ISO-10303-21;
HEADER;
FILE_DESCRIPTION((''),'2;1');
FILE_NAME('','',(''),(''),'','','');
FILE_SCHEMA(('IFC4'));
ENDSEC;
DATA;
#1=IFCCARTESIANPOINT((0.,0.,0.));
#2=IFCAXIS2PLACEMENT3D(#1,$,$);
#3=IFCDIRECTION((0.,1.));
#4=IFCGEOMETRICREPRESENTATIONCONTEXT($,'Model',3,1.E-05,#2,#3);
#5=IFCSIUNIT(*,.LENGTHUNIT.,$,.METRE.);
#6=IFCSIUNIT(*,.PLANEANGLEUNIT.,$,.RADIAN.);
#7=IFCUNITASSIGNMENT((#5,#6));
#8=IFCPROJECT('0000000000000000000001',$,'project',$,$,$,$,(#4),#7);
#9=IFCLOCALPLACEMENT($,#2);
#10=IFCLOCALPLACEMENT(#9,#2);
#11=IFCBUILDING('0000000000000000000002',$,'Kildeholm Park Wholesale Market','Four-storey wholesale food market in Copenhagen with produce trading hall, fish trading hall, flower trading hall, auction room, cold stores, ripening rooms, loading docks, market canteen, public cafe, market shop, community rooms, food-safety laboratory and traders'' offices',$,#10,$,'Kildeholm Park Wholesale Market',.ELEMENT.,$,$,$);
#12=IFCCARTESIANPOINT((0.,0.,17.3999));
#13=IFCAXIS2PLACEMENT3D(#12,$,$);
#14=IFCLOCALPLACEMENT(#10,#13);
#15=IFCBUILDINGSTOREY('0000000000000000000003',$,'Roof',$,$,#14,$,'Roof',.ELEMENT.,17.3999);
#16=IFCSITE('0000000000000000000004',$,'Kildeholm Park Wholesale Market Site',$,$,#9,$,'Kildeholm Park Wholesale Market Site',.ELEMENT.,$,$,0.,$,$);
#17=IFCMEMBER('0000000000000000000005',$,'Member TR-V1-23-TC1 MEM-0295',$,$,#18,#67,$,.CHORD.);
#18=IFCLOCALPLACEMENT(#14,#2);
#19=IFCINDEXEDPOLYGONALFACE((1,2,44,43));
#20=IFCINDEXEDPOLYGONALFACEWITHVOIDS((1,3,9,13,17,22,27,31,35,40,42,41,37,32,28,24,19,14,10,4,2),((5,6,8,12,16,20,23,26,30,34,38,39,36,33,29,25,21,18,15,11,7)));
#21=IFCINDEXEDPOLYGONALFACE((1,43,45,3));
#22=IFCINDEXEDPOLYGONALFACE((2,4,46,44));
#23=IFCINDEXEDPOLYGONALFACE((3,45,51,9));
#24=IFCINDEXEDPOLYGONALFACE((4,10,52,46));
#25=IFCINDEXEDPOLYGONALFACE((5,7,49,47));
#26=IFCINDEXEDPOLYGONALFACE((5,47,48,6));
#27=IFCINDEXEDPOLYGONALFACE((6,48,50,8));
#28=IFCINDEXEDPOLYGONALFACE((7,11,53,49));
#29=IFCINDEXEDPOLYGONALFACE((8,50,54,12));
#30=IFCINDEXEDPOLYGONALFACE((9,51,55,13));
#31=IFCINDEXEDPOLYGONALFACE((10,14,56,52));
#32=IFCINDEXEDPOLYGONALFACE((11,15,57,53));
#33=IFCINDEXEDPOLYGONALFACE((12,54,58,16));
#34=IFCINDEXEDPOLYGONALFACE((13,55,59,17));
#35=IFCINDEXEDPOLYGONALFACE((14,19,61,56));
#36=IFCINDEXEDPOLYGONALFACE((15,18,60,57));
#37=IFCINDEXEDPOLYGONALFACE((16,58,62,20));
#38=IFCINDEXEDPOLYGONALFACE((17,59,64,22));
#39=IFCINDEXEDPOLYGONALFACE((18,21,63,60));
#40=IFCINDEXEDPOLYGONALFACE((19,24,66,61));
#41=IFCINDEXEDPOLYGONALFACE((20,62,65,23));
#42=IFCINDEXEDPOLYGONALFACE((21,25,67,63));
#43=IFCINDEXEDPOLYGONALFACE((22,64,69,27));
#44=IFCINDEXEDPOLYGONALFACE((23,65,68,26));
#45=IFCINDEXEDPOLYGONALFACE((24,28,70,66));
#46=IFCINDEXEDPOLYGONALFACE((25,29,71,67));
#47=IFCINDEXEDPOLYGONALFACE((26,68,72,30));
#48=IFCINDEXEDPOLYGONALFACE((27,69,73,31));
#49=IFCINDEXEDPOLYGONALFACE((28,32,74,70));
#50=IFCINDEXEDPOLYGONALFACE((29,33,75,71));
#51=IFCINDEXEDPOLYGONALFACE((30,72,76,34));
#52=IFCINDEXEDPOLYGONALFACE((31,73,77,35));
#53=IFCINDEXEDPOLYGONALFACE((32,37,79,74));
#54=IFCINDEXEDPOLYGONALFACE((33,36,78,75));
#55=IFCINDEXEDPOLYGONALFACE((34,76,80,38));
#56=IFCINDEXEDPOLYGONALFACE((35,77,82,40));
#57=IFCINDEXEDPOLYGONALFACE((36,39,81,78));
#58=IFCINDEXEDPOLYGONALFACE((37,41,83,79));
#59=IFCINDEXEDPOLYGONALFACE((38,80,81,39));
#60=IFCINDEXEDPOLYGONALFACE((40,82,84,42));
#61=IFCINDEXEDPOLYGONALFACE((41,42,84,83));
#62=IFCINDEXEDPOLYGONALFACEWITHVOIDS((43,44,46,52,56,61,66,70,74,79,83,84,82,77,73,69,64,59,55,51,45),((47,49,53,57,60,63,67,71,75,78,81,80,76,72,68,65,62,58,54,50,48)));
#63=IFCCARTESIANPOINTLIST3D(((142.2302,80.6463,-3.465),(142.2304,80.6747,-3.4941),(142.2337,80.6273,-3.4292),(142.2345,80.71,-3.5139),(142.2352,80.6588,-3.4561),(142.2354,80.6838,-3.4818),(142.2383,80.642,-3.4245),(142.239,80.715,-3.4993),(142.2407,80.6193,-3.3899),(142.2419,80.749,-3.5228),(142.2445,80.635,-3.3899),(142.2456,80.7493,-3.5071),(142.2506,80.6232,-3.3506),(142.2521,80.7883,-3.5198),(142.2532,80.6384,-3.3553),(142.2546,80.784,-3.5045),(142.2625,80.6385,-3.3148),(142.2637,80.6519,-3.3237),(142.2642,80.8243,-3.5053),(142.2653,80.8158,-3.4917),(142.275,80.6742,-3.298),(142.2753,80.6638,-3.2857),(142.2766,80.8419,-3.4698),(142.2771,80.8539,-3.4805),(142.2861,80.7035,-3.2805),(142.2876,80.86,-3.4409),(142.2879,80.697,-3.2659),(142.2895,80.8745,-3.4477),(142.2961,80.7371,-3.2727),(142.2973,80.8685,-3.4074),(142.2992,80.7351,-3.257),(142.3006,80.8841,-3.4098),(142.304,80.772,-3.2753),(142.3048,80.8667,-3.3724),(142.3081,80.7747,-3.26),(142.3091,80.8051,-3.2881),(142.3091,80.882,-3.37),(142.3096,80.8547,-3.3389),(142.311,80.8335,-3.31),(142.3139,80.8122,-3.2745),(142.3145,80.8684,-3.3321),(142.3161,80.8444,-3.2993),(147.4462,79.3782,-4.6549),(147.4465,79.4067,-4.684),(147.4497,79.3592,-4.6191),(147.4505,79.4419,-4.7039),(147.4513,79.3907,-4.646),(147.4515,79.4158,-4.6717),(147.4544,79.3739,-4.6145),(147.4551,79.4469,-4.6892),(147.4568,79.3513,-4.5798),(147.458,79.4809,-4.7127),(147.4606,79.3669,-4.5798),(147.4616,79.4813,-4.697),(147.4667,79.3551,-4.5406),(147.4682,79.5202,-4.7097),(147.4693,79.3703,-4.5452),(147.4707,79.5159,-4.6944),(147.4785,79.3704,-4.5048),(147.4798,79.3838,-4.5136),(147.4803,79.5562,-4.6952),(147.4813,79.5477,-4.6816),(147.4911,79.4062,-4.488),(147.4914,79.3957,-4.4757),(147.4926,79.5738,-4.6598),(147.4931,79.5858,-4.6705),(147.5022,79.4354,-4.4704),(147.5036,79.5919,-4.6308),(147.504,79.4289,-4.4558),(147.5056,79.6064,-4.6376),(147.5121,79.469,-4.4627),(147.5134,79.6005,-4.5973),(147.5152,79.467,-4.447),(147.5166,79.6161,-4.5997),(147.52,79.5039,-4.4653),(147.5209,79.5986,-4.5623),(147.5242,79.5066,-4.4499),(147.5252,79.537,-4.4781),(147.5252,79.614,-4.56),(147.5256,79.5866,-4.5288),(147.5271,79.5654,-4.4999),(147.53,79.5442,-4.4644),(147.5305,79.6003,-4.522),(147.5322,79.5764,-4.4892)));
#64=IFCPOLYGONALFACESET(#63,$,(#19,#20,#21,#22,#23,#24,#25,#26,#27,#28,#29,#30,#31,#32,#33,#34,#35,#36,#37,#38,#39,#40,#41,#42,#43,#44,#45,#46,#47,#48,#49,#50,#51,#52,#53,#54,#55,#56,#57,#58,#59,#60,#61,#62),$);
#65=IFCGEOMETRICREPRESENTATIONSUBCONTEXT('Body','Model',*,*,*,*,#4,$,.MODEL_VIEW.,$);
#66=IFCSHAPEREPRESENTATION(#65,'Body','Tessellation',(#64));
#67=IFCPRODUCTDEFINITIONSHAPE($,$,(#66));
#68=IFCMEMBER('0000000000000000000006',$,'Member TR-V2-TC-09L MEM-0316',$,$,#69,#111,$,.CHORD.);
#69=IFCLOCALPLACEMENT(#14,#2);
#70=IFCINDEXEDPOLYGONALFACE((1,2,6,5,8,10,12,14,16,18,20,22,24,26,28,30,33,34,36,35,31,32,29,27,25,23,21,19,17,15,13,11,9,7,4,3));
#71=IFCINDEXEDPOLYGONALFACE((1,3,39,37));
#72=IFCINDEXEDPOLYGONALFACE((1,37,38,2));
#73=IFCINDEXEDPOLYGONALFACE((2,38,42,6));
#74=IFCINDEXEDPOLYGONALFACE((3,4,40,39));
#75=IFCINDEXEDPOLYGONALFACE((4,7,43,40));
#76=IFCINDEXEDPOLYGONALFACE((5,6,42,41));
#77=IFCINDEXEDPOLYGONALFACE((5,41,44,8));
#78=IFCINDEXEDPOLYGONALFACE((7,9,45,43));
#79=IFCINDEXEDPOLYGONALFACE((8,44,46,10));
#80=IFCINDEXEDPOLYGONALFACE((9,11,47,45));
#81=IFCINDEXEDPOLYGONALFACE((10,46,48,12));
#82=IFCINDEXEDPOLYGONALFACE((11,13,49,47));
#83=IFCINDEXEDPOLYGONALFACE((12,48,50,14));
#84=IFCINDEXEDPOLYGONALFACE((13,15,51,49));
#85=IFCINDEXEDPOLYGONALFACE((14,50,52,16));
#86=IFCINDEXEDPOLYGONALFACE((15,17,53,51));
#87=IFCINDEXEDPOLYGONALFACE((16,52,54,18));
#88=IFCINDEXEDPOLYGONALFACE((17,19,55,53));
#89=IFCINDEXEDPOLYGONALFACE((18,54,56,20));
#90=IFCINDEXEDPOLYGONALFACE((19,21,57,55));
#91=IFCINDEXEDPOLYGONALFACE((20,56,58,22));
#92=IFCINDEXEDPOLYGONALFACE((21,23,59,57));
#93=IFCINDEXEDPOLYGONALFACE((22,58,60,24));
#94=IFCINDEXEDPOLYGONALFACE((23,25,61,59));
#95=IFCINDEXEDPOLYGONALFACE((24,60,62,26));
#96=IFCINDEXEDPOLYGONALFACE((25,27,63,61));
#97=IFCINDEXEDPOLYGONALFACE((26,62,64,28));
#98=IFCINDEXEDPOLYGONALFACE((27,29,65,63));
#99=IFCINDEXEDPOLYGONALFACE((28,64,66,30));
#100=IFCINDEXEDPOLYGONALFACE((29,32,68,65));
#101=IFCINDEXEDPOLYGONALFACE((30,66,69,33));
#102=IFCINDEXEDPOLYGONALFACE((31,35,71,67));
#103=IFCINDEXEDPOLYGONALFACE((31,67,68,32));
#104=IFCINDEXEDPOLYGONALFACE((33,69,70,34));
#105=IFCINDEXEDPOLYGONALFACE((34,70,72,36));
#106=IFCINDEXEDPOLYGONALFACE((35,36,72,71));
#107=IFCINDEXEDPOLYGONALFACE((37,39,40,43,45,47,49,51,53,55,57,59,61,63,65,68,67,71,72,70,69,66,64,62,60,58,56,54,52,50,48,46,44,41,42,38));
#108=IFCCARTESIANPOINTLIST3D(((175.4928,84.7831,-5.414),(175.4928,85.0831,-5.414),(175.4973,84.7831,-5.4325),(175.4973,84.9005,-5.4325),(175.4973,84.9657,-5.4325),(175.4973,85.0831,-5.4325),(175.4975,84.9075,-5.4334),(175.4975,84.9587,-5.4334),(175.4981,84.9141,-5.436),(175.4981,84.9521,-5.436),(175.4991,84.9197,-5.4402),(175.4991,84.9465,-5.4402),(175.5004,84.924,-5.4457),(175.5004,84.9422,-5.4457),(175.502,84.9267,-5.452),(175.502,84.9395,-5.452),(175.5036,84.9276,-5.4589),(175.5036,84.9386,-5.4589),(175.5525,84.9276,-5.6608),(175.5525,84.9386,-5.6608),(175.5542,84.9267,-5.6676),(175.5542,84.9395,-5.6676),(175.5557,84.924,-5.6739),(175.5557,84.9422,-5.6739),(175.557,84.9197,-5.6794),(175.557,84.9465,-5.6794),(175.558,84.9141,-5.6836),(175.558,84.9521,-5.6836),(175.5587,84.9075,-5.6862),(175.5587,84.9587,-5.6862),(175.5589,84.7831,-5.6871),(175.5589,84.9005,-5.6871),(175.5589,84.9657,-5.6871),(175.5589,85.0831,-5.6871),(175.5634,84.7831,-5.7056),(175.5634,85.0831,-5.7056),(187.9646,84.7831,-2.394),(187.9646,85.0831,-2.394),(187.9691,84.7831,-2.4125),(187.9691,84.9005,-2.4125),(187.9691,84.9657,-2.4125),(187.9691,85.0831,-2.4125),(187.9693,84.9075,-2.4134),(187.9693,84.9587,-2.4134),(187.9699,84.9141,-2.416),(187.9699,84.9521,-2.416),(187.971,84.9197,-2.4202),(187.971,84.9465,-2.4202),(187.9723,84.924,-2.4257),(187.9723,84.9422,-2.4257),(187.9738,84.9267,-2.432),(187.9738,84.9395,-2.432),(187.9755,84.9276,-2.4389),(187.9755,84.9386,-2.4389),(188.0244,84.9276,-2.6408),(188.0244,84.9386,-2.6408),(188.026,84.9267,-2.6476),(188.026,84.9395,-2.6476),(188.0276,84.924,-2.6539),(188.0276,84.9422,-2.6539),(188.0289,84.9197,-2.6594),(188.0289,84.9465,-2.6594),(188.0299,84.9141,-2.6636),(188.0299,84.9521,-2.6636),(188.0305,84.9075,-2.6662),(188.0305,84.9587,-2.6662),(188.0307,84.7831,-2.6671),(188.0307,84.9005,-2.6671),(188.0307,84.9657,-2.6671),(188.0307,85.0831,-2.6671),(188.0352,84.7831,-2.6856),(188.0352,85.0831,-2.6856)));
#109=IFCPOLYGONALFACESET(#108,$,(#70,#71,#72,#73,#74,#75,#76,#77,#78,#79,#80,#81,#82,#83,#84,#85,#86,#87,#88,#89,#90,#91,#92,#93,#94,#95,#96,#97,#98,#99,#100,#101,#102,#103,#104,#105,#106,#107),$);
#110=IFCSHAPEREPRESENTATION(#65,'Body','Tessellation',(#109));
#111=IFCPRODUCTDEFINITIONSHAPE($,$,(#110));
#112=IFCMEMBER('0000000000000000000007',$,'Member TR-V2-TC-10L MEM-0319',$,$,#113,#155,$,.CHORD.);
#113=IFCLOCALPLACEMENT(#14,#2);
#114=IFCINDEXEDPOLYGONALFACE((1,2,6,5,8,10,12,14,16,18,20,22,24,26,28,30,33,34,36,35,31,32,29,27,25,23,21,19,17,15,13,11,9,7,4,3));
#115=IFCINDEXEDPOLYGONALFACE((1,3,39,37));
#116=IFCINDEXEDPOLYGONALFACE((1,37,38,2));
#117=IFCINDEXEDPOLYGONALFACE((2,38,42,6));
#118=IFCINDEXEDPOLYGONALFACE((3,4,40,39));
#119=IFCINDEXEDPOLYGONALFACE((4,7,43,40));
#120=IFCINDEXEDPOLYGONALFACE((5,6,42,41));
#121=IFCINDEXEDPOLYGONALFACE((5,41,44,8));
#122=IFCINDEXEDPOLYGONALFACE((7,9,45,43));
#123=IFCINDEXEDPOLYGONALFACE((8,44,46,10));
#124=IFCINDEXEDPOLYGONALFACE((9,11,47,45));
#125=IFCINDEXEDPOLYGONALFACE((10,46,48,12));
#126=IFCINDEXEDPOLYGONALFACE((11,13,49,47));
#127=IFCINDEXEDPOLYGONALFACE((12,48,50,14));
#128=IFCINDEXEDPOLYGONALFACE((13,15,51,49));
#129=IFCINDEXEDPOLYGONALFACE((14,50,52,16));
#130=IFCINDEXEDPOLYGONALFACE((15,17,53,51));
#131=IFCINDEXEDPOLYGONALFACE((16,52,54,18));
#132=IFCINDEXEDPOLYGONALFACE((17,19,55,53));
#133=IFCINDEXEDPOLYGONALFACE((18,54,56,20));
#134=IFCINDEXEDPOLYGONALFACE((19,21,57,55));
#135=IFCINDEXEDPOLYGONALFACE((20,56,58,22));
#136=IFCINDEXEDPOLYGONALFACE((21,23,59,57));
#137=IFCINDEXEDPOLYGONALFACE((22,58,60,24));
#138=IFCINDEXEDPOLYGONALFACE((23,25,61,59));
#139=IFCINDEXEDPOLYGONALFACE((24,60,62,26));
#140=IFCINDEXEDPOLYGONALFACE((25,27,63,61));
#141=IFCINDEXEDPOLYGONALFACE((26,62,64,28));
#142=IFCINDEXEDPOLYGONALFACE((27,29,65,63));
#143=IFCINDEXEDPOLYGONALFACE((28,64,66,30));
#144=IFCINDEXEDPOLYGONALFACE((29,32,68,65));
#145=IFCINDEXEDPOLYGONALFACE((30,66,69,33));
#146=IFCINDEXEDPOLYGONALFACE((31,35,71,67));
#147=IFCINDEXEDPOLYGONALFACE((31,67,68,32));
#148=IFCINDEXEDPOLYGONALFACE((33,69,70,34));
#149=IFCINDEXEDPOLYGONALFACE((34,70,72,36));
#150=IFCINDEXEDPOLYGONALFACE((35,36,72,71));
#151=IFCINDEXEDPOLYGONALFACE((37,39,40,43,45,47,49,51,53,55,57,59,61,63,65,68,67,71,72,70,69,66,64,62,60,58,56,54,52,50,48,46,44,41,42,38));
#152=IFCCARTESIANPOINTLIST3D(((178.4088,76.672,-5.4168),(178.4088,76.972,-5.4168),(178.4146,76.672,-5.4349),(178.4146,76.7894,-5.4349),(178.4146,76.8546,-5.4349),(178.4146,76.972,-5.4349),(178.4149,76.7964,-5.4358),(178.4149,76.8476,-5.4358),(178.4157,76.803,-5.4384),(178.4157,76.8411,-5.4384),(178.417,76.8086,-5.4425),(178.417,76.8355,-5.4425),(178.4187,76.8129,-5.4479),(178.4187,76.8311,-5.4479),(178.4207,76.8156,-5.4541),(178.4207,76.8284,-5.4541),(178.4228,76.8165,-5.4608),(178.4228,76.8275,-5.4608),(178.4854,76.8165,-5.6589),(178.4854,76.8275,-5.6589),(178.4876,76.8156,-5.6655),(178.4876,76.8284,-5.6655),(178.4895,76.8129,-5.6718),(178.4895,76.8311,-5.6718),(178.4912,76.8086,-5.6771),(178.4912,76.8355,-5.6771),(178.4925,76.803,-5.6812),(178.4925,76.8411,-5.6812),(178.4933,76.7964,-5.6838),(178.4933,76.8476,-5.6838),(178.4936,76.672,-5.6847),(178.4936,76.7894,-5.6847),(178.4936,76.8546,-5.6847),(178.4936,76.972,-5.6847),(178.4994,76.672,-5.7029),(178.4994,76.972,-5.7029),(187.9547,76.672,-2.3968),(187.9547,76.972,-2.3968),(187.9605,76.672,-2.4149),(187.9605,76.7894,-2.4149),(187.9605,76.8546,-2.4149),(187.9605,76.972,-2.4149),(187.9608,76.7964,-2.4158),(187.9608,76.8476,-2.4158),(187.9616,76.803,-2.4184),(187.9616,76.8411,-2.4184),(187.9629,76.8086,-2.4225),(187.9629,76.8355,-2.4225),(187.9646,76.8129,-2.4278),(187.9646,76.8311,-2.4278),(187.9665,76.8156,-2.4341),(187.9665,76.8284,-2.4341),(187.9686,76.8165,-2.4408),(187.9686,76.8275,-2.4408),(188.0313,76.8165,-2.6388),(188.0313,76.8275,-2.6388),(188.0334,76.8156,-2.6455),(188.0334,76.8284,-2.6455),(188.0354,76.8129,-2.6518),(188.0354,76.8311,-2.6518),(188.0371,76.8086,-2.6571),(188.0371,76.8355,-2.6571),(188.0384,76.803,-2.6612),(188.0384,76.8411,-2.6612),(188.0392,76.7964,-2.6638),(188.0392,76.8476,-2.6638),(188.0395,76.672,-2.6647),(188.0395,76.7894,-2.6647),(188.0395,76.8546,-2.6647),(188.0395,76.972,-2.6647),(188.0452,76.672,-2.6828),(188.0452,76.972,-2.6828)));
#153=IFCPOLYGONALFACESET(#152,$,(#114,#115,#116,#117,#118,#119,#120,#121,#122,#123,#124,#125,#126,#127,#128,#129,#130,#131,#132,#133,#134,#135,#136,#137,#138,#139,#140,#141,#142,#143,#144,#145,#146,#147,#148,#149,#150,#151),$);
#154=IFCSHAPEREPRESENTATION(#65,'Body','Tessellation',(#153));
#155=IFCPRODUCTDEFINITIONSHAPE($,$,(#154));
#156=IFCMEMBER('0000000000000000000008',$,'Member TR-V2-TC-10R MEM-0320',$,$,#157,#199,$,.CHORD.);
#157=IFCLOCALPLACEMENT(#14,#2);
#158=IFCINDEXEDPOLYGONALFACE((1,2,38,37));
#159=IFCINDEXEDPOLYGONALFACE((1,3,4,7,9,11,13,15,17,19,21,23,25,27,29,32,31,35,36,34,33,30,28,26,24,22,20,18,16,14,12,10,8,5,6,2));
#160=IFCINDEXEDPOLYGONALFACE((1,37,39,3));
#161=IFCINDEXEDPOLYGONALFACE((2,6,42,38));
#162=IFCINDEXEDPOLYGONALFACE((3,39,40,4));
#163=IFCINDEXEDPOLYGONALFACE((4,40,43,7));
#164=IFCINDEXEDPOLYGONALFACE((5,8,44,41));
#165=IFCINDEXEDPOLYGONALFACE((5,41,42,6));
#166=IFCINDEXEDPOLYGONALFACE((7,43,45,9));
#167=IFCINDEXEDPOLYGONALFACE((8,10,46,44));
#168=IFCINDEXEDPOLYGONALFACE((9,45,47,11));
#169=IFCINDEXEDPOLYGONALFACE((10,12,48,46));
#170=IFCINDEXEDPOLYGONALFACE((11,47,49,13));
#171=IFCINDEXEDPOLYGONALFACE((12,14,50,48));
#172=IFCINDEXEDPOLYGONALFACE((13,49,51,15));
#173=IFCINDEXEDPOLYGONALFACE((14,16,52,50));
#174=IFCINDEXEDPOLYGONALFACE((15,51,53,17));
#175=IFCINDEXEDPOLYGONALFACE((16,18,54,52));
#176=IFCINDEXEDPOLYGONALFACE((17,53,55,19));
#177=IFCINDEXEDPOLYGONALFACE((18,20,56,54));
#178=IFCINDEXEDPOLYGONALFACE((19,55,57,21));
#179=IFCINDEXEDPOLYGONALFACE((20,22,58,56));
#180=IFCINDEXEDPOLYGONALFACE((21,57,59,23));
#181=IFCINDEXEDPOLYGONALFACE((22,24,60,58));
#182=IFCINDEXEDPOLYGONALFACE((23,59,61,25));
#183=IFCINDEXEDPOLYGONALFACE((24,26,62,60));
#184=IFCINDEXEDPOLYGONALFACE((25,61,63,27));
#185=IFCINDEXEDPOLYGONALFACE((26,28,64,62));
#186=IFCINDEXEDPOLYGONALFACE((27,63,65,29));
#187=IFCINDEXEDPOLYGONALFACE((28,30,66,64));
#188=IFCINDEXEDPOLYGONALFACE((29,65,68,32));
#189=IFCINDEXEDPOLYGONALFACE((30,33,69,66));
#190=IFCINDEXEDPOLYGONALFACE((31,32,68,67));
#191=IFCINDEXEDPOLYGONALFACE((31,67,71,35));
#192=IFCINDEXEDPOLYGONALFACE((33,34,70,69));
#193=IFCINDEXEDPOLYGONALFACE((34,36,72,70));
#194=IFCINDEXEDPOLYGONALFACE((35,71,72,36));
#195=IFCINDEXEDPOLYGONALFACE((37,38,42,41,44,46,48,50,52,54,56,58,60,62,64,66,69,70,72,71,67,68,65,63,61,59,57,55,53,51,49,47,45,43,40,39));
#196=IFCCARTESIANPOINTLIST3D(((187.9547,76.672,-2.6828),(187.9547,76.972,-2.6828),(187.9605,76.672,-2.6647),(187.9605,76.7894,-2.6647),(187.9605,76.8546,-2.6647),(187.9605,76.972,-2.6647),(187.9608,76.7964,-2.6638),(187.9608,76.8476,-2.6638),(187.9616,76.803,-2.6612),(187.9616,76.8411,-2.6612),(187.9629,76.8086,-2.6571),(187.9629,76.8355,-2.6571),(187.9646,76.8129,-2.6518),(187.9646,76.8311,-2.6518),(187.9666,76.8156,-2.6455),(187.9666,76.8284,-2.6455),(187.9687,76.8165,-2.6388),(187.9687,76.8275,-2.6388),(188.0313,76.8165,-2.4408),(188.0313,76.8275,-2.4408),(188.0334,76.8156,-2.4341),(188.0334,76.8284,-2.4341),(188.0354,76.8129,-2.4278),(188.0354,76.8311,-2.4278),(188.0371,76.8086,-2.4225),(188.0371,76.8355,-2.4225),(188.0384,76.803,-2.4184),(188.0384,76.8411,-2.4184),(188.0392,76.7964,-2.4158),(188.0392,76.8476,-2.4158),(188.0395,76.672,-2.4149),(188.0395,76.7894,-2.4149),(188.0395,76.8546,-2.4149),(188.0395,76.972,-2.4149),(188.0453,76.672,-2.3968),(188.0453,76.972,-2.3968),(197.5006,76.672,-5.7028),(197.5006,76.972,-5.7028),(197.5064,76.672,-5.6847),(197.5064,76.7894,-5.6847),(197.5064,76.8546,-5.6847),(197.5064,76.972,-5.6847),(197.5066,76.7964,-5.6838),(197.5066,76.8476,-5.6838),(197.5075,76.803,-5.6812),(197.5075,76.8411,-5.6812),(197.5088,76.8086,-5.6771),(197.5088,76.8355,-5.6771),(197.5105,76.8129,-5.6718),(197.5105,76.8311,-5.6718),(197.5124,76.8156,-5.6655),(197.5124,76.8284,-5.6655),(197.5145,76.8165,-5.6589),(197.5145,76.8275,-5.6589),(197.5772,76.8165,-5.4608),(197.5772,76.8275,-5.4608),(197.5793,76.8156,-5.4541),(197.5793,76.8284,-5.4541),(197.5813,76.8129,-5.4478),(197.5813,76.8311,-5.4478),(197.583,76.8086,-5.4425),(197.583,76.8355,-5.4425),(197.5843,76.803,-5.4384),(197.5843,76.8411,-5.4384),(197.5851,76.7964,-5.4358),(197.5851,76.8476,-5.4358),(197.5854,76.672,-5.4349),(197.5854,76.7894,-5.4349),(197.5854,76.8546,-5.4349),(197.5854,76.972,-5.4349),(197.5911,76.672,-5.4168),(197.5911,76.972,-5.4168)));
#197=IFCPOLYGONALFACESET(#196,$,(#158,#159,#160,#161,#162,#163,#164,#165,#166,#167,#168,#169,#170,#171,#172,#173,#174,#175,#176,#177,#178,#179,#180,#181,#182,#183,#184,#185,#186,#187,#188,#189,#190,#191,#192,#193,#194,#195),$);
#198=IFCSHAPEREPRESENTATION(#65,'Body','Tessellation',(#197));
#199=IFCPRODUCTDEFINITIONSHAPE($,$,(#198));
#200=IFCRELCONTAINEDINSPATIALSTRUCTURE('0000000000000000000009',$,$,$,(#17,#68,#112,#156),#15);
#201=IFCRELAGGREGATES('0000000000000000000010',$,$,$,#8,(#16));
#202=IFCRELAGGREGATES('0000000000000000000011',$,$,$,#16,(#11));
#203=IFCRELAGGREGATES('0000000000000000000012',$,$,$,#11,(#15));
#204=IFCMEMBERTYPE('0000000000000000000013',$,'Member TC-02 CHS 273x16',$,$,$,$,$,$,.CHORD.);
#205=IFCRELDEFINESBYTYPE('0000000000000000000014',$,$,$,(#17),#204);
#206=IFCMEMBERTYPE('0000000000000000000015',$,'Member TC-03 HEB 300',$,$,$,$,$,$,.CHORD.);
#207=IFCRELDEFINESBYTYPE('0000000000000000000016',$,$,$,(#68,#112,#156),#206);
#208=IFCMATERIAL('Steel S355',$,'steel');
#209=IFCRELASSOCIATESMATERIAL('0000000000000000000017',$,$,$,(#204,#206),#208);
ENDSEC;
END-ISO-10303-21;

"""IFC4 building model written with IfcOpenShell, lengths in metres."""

from ifc_helpers import new_model, si_unit, direction, frame, origin, origin_2d, place, context, subcontext, project, spatial, hollow_circle, i_section, extrude, material, material_profile, profile_set, type_object, element, save


model = new_model("IFC4")

# Units and contexts
model_context = context("Model", 3, precision=1e-05, world=origin(), true_north=direction((0.0, 1.0)))
body_context = subcontext(model_context, "Body", "Model", "MODEL_VIEW")
ifc_project = project(units=[si_unit("LENGTHUNIT", "METRE"), si_unit("PLANEANGLEUNIT", "RADIAN")], contexts=[model_context])

# Site, building, storey
site_placement = place(None, origin())
site = spatial("IfcSite", under=ifc_project, at=site_placement, Name="Kildeholm Park Wholesale Market Site", LongName="Kildeholm Park Wholesale Market Site", CompositionType="ELEMENT", RefElevation=0.0)
building_placement = place(site_placement, origin())
building = spatial("IfcBuilding", under=site, at=building_placement, Name="Kildeholm Park Wholesale Market", Description="Four-storey wholesale food market in Copenhagen with produce trading hall, fish trading hall, flower trading hall, auction room, cold stores, ripening rooms, loading docks, market canteen, public cafe, market shop, community rooms, food-safety laboratory and traders' offices", LongName="Kildeholm Park Wholesale Market", CompositionType="ELEMENT")
storey_placement = place(building_placement, frame((0.0, 0.0, 17.3999)))
storey = spatial("IfcBuildingStorey", under=building, at=storey_placement, Name="Roof", LongName="Roof", CompositionType="ELEMENT", Elevation=17.3999)

# Shared definitions
ifc_material_1 = material(Name="Steel S355", Category="steel")

# Members
ifc_material_profile_1 = material_profile(ifc_material_1, hollow_circle(Radius=0.1365, WallThickness=0.0161, at=origin_2d()), Name="CHS 273x16")
ifc_profile_set_1 = profile_set([ifc_material_profile_1], Name="Steel S355")
member_type_1 = type_object("IfcMemberType", Name="Member TC-02 CHS 273x16", PredefinedType="CHORD", material=ifc_profile_set_1)
member_1_placement = place(storey_placement, frame((147.489, 79.4839, -4.5798), z_axis=(-0.948669, 0.230629, 0.21642), x_axis=(-0.236227, -0.971698, 0.0)))
element("IfcMember", 1, at=member_1_placement, inside=storey, type_object=member_type_1, Name="Member TR-V1-23-TC1 MEM-0295", PredefinedType="CHORD", context=body_context, shape_type="SweptSolid", body=[
    extrude(hollow_circle(Radius=0.1365, WallThickness=0.0161, at=origin_2d()), origin(), (0.0, 0.0, 1.0), 5.4983),
])
ifc_material_profile_2 = material_profile(ifc_material_1, i_section(OverallWidth=0.3, OverallDepth=0.3, WebThickness=0.011, FlangeThickness=0.019, FilletRadius=0.0271, at=origin_2d()), Name="HEB 300")
ifc_profile_set_2 = profile_set([ifc_material_profile_2], Name="Steel S355")
member_type_2 = type_object("IfcMemberType", Name="Member TC-03 HEB 300", PredefinedType="CHORD", material=ifc_profile_set_2)
member_2_placement = place(storey_placement, frame((175.5281, 84.9331, -5.5598), z_axis=(0.971912, 0.0, 0.235344), x_axis=(0.0, 1.0, 0.0)))
element("IfcMember", 2, at=member_2_placement, inside=storey, type_object=member_type_2, Name="Member TR-V2-TC-09L MEM-0316", PredefinedType="CHORD", context=body_context, shape_type="SweptSolid", body=[
    extrude(i_section(OverallWidth=0.3, OverallDepth=0.3, WebThickness=0.011, FlangeThickness=0.019, FilletRadius=0.0271, at=origin_2d()), origin(), (0.0, 0.0, 1.0), 12.8323),
])
for number, where, z_axis, x_axis, name in (
    (3, (178.4541, 76.822, -5.5598), (0.953424, 0.0, 0.301633), (0.0, 1.0, 0.0), "Member TR-V2-TC-10L MEM-0319"),
    (4, (188.0, 76.822, -2.5398), (0.953424, 0.0, -0.301633), (0.0, 1.0, 0.0), "Member TR-V2-TC-10R MEM-0320"),
):
    element("IfcMember", number, at=place(storey_placement, frame(where, z_axis=z_axis, x_axis=x_axis)), inside=storey, type_object=member_type_2, Name=name, PredefinedType="CHORD", context=body_context, shape_type="SweptSolid", body=[
        extrude(i_section(OverallWidth=0.3, OverallDepth=0.3, WebThickness=0.011, FlangeThickness=0.019, FilletRadius=0.0271, at=origin_2d()), origin(), (0.0, 0.0, 1.0), 10.0122),
    ])

save(model, "model.ifc")
